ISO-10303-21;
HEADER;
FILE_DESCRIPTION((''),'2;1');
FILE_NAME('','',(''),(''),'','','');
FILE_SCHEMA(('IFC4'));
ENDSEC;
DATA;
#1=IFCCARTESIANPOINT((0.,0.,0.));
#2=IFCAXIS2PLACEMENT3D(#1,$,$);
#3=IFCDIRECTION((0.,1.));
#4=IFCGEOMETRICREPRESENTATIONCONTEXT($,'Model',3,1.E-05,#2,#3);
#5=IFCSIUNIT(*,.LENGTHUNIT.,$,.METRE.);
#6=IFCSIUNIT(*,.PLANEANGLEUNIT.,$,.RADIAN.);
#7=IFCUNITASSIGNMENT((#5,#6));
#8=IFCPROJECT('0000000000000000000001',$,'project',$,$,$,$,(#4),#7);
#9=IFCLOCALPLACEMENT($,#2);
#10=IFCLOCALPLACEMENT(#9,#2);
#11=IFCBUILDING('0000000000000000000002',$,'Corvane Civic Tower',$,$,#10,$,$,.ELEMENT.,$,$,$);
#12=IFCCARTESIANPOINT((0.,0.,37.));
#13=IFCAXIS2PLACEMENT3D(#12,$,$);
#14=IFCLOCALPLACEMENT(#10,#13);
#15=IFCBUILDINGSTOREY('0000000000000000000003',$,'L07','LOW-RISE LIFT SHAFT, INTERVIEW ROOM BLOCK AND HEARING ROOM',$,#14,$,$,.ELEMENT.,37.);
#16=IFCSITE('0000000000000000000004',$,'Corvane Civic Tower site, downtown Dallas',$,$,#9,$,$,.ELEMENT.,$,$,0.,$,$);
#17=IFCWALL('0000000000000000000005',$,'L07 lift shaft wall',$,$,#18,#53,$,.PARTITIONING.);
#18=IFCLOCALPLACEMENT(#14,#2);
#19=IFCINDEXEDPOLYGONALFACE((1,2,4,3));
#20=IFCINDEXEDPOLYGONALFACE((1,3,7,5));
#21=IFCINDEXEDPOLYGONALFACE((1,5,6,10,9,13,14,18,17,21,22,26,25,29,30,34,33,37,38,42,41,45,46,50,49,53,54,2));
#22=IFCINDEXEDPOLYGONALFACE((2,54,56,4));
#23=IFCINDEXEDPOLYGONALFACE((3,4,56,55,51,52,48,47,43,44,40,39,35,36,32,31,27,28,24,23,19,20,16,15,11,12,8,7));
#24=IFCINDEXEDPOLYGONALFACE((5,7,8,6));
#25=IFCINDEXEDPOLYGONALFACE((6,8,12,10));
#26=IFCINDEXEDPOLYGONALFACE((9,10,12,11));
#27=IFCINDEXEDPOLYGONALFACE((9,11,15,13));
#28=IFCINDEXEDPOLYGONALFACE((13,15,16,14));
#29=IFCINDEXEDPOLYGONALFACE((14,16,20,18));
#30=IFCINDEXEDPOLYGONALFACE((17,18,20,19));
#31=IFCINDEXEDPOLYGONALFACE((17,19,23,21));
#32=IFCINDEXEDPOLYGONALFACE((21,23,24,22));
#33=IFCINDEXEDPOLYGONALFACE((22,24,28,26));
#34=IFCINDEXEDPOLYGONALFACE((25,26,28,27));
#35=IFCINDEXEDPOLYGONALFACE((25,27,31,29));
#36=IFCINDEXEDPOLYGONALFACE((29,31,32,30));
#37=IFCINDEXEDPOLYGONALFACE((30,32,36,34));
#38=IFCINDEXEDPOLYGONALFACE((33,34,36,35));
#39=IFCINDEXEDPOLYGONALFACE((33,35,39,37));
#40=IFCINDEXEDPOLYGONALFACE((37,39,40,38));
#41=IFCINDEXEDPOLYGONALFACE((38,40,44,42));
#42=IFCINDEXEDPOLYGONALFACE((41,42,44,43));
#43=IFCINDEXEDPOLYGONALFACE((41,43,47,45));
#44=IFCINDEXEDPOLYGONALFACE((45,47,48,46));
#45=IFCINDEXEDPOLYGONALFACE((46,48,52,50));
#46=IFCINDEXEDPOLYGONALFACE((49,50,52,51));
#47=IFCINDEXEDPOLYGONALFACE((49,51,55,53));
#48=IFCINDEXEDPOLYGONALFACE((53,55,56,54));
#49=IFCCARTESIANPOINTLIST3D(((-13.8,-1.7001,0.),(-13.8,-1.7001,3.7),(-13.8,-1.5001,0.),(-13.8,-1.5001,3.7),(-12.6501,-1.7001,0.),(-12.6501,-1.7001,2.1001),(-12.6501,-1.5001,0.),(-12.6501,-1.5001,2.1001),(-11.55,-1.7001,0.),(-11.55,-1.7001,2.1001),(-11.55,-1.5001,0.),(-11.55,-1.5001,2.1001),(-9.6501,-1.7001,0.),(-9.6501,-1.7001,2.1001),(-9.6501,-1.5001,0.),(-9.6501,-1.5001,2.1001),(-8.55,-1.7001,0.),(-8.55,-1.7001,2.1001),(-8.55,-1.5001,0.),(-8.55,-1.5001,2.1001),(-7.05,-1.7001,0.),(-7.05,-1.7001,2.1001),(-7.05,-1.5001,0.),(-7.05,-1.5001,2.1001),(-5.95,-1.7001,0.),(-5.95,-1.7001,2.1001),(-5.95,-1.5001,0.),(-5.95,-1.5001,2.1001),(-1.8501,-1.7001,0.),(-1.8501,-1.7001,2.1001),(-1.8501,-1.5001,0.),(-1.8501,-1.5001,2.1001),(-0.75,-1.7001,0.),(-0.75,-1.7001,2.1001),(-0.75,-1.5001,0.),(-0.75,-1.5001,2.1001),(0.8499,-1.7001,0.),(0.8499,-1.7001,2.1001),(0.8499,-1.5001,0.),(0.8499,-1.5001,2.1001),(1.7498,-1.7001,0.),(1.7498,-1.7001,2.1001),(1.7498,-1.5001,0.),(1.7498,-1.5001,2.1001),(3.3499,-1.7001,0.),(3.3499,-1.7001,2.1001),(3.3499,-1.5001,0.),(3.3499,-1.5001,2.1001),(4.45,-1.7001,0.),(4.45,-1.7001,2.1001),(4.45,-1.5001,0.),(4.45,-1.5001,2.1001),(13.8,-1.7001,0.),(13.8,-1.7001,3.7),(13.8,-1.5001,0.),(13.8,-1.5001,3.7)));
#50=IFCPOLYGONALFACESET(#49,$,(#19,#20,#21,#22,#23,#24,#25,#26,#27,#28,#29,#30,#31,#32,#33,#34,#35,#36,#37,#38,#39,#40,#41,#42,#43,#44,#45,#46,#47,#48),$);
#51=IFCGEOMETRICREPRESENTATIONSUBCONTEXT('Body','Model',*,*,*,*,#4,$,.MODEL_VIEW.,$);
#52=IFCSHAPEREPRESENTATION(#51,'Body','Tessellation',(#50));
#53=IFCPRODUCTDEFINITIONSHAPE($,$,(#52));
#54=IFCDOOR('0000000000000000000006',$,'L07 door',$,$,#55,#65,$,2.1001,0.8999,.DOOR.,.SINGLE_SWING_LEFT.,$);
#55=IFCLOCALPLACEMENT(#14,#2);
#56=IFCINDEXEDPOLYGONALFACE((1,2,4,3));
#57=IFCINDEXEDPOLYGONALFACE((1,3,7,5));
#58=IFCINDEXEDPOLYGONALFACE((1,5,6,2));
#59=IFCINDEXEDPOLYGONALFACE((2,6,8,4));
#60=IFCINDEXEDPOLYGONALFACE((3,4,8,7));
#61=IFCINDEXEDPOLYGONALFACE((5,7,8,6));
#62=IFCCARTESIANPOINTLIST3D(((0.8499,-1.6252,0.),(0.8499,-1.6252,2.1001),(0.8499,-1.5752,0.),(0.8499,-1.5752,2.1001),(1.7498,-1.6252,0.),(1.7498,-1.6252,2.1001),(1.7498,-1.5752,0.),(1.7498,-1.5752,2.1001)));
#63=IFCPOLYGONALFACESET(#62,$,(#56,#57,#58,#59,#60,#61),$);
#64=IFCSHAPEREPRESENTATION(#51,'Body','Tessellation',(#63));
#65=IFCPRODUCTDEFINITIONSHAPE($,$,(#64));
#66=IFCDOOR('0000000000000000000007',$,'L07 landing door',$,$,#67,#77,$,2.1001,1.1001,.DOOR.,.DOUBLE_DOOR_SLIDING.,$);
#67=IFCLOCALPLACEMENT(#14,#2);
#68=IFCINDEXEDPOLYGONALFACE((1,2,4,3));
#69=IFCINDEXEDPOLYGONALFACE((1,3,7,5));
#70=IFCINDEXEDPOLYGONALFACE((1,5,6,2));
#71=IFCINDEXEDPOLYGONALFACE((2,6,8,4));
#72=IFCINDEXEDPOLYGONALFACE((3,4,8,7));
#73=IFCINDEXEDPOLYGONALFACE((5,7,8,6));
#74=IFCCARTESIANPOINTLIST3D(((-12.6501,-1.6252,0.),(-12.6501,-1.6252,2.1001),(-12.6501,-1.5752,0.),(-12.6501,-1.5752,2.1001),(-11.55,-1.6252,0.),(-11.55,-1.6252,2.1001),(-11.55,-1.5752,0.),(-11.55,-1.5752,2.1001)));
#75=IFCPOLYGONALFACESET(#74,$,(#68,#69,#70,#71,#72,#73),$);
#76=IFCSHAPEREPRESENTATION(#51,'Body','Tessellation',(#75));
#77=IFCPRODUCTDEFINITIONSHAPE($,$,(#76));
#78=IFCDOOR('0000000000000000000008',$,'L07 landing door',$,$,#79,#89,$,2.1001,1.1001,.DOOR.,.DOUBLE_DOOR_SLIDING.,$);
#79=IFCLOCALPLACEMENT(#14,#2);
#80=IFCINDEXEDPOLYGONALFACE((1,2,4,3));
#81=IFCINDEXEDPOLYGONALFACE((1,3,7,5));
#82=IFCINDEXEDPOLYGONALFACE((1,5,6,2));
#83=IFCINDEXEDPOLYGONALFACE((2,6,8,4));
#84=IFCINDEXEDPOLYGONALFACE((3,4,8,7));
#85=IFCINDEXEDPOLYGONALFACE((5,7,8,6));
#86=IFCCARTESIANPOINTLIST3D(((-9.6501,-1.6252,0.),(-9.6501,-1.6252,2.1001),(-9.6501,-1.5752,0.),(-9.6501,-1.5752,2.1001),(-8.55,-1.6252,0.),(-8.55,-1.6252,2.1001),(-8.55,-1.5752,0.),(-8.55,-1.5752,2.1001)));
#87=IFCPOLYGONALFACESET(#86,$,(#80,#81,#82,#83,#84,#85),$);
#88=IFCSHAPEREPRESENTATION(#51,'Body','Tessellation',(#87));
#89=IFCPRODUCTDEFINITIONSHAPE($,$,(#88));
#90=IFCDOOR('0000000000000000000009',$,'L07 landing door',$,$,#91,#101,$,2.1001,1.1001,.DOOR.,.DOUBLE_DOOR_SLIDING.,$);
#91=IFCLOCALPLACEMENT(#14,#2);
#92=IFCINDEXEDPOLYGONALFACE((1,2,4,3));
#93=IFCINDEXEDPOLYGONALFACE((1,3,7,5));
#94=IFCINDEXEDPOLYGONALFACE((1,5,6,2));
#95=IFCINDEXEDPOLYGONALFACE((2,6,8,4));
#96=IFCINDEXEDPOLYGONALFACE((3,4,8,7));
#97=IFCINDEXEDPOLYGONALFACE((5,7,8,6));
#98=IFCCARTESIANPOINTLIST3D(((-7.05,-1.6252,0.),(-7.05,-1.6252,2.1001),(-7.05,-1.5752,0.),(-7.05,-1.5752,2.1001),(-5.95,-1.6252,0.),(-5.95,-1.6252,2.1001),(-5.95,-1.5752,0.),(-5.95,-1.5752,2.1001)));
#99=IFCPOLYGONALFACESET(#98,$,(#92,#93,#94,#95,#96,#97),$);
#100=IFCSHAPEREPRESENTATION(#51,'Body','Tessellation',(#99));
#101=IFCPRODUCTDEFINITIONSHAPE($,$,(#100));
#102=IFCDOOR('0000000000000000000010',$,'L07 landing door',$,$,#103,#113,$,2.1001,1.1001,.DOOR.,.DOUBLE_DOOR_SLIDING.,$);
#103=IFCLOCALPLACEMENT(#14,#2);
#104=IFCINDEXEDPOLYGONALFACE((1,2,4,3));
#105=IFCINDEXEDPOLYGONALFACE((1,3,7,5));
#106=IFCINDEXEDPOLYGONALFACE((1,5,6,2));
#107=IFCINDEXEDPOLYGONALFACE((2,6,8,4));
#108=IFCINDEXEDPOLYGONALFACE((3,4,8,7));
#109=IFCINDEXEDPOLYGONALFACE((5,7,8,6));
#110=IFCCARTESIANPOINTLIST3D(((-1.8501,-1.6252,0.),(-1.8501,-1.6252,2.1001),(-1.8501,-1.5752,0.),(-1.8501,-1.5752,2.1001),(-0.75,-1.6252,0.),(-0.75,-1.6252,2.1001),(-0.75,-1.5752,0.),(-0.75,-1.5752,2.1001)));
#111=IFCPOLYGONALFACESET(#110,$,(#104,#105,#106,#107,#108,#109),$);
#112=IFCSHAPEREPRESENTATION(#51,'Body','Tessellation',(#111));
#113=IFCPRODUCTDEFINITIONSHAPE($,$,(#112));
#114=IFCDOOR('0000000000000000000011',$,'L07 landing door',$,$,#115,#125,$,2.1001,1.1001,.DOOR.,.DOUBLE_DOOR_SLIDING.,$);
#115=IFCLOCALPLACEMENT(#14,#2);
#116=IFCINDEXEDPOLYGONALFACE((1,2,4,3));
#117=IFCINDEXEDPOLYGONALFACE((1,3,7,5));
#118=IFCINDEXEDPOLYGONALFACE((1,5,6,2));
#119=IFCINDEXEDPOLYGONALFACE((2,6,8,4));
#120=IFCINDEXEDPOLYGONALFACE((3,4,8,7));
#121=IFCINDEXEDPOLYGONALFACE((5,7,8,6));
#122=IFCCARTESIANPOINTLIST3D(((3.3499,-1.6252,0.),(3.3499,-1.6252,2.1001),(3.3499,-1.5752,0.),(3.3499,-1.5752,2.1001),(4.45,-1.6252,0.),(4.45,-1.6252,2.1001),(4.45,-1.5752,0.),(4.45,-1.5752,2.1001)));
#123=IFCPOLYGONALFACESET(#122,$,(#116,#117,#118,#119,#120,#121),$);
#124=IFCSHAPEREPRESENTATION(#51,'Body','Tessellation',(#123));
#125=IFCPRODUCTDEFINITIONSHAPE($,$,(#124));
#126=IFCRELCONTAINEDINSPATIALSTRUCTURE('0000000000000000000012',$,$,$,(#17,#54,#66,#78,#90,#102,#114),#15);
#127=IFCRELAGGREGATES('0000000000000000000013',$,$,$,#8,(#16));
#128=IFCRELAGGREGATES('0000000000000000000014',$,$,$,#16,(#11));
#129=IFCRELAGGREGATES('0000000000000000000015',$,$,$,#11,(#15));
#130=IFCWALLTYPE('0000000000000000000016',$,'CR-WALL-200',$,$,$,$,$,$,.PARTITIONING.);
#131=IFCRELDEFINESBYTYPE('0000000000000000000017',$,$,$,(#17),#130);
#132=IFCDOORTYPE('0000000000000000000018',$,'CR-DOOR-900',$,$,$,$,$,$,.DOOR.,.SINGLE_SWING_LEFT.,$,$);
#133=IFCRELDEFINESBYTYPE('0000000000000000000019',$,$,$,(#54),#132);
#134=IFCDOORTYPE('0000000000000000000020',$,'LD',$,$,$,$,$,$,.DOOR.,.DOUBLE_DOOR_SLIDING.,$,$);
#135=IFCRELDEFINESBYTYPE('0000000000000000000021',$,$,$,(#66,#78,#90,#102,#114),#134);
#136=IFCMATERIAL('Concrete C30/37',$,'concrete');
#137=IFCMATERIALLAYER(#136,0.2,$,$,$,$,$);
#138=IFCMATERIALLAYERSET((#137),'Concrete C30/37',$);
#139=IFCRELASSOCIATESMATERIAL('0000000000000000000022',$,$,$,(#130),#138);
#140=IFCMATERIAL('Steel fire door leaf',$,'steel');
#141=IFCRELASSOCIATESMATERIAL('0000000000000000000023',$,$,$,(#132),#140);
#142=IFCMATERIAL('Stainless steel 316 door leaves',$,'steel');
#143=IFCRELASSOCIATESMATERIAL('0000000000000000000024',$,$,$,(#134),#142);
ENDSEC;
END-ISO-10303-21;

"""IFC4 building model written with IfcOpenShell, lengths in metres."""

from ifc_helpers import new_model, si_unit, direction, frame, frame_2d, origin, place, context, subcontext, project, spatial, rectangle, extrude, material, layer, layer_set, type_object, element, fill, save


model = new_model("IFC4")

# Units and contexts
model_context = context("Model", 3, precision=1e-05, world=origin(), true_north=direction((0.0, 1.0)))
body_context = subcontext(model_context, "Body", "Model", "MODEL_VIEW")
ifc_project = project(units=[si_unit("LENGTHUNIT", "METRE"), si_unit("PLANEANGLEUNIT", "RADIAN")], contexts=[model_context])

# Site, building, storey
site_placement = place(None, origin())
site = spatial("IfcSite", under=ifc_project, at=site_placement, Name="Corvane Civic Tower site, downtown Dallas", CompositionType="ELEMENT", RefElevation=0.0)
building_placement = place(site_placement, origin())
building = spatial("IfcBuilding", under=site, at=building_placement, Name="Corvane Civic Tower", CompositionType="ELEMENT")
storey_placement = place(building_placement, frame((0.0, 0.0, 37.0)))
storey = spatial("IfcBuildingStorey", under=building, at=storey_placement, Name="L07", Description="LOW-RISE LIFT SHAFT, INTERVIEW ROOM BLOCK AND HEARING ROOM", CompositionType="ELEMENT", Elevation=37.0)

# Wall, openings, doors
ifc_material_1 = material(Name="Concrete C30/37", Category="concrete")
ifc_layer = layer(ifc_material_1, 0.2)
ifc_layer_set = layer_set([ifc_layer], Name="Concrete C30/37")
wall_type = type_object("IfcWallType", Name="CR-WALL-200", PredefinedType="PARTITIONING", material=ifc_layer_set)
wall_1_placement = place(storey_placement, frame((-13.8, -1.6001, 0.0), z_axis=(0.0, 0.0, 1.0), x_axis=(1.0, 0.0, 0.0)))
wall_1 = element("IfcWall", 1, at=wall_1_placement, inside=storey, type_object=wall_type, Name="L07 lift shaft wall", PredefinedType="PARTITIONING", context=body_context, shape_type="SweptSolid", body=[
    extrude(rectangle(XDim=27.6001, YDim=0.2, at=frame_2d((13.8, 0.0))), origin(), (0.0, 0.0, 1.0), 3.7),
])
opening_1_placement = place(wall_1_placement, frame((1.1499, 0.0, 0.0)))
opening_1 = element("IfcOpeningElement", 2, at=opening_1_placement, cuts=wall_1, PredefinedType="OPENING", context=body_context, shape_type="SweptSolid", body=[
    extrude(rectangle(XDim=1.1001, YDim=2.1001, at=frame_2d((0.55, 1.05))), frame((0.0, 0.1099, 0.0), z_axis=(0.0, -1.0, 0.0), x_axis=(1.0, 0.0, 0.0)), (0.0, 0.0, 1.0), 0.22),
])
opening_2_placement = place(wall_1_placement, frame((4.1499, 0.0, 0.0)))
opening_2 = element("IfcOpeningElement", 3, at=opening_2_placement, cuts=wall_1, PredefinedType="OPENING", context=body_context, shape_type="SweptSolid", body=[
    extrude(rectangle(XDim=1.1001, YDim=2.1001, at=frame_2d((0.55, 1.05))), frame((0.0, 0.1099, 0.0), z_axis=(0.0, -1.0, 0.0), x_axis=(1.0, 0.0, 0.0)), (0.0, 0.0, 1.0), 0.22),
])
opening_3_placement = place(wall_1_placement, frame((6.75, 0.0, 0.0)))
opening_3 = element("IfcOpeningElement", 4, at=opening_3_placement, cuts=wall_1, PredefinedType="OPENING", context=body_context, shape_type="SweptSolid", body=[
    extrude(rectangle(XDim=1.1001, YDim=2.1001, at=frame_2d((0.55, 1.05))), frame((0.0, 0.1099, 0.0), z_axis=(0.0, -1.0, 0.0), x_axis=(1.0, 0.0, 0.0)), (0.0, 0.0, 1.0), 0.22),
])
opening_4_placement = place(wall_1_placement, frame((11.95, 0.0, 0.0)))
opening_4 = element("IfcOpeningElement", 5, at=opening_4_placement, cuts=wall_1, PredefinedType="OPENING", context=body_context, shape_type="SweptSolid", body=[
    extrude(rectangle(XDim=1.1001, YDim=2.1001, at=frame_2d((0.55, 1.05))), frame((0.0, 0.1099, 0.0), z_axis=(0.0, -1.0, 0.0), x_axis=(1.0, 0.0, 0.0)), (0.0, 0.0, 1.0), 0.22),
])
opening_5_placement = place(wall_1_placement, frame((14.6499, 0.0, 0.0)))
opening_5 = element("IfcOpeningElement", 6, at=opening_5_placement, cuts=wall_1, PredefinedType="OPENING", context=body_context, shape_type="SweptSolid", body=[
    extrude(rectangle(XDim=0.8999, YDim=2.1001, at=frame_2d((0.45, 1.05))), frame((0.0, 0.1099, 0.0), z_axis=(0.0, -1.0, 0.0), x_axis=(1.0, 0.0, 0.0)), (0.0, 0.0, 1.0), 0.22),
])
opening_6_placement = place(wall_1_placement, frame((17.1499, 0.0, 0.0)))
opening_6 = element("IfcOpeningElement", 7, at=opening_6_placement, cuts=wall_1, PredefinedType="OPENING", context=body_context, shape_type="SweptSolid", body=[
    extrude(rectangle(XDim=1.1001, YDim=2.1001, at=frame_2d((0.55, 1.05))), frame((0.0, 0.1099, 0.0), z_axis=(0.0, -1.0, 0.0), x_axis=(1.0, 0.0, 0.0)), (0.0, 0.0, 1.0), 0.22),
])
ifc_material_2 = material(Name="Steel fire door leaf", Category="steel")
door_type_1 = type_object("IfcDoorType", Name="CR-DOOR-900", OperationType="SINGLE_SWING_LEFT", PredefinedType="DOOR", material=ifc_material_2)
door_1_placement = place(opening_5_placement, origin())
door_1 = element("IfcDoor", 8, at=door_1_placement, inside=storey, type_object=door_type_1, Name="L07 door", OperationType="SINGLE_SWING_LEFT", OverallHeight=2.1001, OverallWidth=0.8999, PredefinedType="DOOR", context=body_context, shape_type="SweptSolid", body=[
    extrude(rectangle(XDim=0.8999, YDim=2.1001, at=frame_2d((0.45, 1.05))), frame((0.0, 0.0249, 0.0), z_axis=(0.0, -1.0, 0.0), x_axis=(1.0, 0.0, 0.0)), (0.0, 0.0, 1.0), 0.05),
])
fill(opening_5, door_1)
ifc_material_3 = material(Name="Stainless steel 316 door leaves", Category="steel")
door_type_2 = type_object("IfcDoorType", Name="LD", OperationType="DOUBLE_DOOR_SLIDING", PredefinedType="DOOR", material=ifc_material_3)
door_2_placement = place(opening_1_placement, origin())
door_2 = element("IfcDoor", 9, at=door_2_placement, inside=storey, type_object=door_type_2, Name="L07 landing door", OperationType="DOUBLE_DOOR_SLIDING", OverallHeight=2.1001, OverallWidth=1.1001, PredefinedType="DOOR", context=body_context, shape_type="SweptSolid", body=[
    extrude(rectangle(XDim=1.1001, YDim=2.1001, at=frame_2d((0.55, 1.05))), frame((0.0, 0.0249, 0.0), z_axis=(0.0, -1.0, 0.0), x_axis=(1.0, 0.0, 0.0)), (0.0, 0.0, 1.0), 0.05),
])
fill(opening_1, door_2)
door_3_placement = place(opening_2_placement, origin())
door_3 = element("IfcDoor", 10, at=door_3_placement, inside=storey, type_object=door_type_2, Name="L07 landing door", OperationType="DOUBLE_DOOR_SLIDING", OverallHeight=2.1001, OverallWidth=1.1001, PredefinedType="DOOR", context=body_context, shape_type="SweptSolid", body=[
    extrude(rectangle(XDim=1.1001, YDim=2.1001, at=frame_2d((0.55, 1.05))), frame((0.0, 0.0249, 0.0), z_axis=(0.0, -1.0, 0.0), x_axis=(1.0, 0.0, 0.0)), (0.0, 0.0, 1.0), 0.05),
])
fill(opening_2, door_3)
door_4_placement = place(opening_3_placement, origin())
door_4 = element("IfcDoor", 11, at=door_4_placement, inside=storey, type_object=door_type_2, Name="L07 landing door", OperationType="DOUBLE_DOOR_SLIDING", OverallHeight=2.1001, OverallWidth=1.1001, PredefinedType="DOOR", context=body_context, shape_type="SweptSolid", body=[
    extrude(rectangle(XDim=1.1001, YDim=2.1001, at=frame_2d((0.55, 1.05))), frame((0.0, 0.0249, 0.0), z_axis=(0.0, -1.0, 0.0), x_axis=(1.0, 0.0, 0.0)), (0.0, 0.0, 1.0), 0.05),
])
fill(opening_3, door_4)
door_5_placement = place(opening_4_placement, origin())
door_5 = element("IfcDoor", 12, at=door_5_placement, inside=storey, type_object=door_type_2, Name="L07 landing door", OperationType="DOUBLE_DOOR_SLIDING", OverallHeight=2.1001, OverallWidth=1.1001, PredefinedType="DOOR", context=body_context, shape_type="SweptSolid", body=[
    extrude(rectangle(XDim=1.1001, YDim=2.1001, at=frame_2d((0.55, 1.05))), frame((0.0, 0.0249, 0.0), z_axis=(0.0, -1.0, 0.0), x_axis=(1.0, 0.0, 0.0)), (0.0, 0.0, 1.0), 0.05),
])
fill(opening_4, door_5)
door_6_placement = place(opening_6_placement, origin())
door_6 = element("IfcDoor", 13, at=door_6_placement, inside=storey, type_object=door_type_2, Name="L07 landing door", OperationType="DOUBLE_DOOR_SLIDING", OverallHeight=2.1001, OverallWidth=1.1001, PredefinedType="DOOR", context=body_context, shape_type="SweptSolid", body=[
    extrude(rectangle(XDim=1.1001, YDim=2.1001, at=frame_2d((0.55, 1.05))), frame((0.0, 0.0249, 0.0), z_axis=(0.0, -1.0, 0.0), x_axis=(1.0, 0.0, 0.0)), (0.0, 0.0, 1.0), 0.05),
])
fill(opening_6, door_6)

save(model, "model.ifc")
